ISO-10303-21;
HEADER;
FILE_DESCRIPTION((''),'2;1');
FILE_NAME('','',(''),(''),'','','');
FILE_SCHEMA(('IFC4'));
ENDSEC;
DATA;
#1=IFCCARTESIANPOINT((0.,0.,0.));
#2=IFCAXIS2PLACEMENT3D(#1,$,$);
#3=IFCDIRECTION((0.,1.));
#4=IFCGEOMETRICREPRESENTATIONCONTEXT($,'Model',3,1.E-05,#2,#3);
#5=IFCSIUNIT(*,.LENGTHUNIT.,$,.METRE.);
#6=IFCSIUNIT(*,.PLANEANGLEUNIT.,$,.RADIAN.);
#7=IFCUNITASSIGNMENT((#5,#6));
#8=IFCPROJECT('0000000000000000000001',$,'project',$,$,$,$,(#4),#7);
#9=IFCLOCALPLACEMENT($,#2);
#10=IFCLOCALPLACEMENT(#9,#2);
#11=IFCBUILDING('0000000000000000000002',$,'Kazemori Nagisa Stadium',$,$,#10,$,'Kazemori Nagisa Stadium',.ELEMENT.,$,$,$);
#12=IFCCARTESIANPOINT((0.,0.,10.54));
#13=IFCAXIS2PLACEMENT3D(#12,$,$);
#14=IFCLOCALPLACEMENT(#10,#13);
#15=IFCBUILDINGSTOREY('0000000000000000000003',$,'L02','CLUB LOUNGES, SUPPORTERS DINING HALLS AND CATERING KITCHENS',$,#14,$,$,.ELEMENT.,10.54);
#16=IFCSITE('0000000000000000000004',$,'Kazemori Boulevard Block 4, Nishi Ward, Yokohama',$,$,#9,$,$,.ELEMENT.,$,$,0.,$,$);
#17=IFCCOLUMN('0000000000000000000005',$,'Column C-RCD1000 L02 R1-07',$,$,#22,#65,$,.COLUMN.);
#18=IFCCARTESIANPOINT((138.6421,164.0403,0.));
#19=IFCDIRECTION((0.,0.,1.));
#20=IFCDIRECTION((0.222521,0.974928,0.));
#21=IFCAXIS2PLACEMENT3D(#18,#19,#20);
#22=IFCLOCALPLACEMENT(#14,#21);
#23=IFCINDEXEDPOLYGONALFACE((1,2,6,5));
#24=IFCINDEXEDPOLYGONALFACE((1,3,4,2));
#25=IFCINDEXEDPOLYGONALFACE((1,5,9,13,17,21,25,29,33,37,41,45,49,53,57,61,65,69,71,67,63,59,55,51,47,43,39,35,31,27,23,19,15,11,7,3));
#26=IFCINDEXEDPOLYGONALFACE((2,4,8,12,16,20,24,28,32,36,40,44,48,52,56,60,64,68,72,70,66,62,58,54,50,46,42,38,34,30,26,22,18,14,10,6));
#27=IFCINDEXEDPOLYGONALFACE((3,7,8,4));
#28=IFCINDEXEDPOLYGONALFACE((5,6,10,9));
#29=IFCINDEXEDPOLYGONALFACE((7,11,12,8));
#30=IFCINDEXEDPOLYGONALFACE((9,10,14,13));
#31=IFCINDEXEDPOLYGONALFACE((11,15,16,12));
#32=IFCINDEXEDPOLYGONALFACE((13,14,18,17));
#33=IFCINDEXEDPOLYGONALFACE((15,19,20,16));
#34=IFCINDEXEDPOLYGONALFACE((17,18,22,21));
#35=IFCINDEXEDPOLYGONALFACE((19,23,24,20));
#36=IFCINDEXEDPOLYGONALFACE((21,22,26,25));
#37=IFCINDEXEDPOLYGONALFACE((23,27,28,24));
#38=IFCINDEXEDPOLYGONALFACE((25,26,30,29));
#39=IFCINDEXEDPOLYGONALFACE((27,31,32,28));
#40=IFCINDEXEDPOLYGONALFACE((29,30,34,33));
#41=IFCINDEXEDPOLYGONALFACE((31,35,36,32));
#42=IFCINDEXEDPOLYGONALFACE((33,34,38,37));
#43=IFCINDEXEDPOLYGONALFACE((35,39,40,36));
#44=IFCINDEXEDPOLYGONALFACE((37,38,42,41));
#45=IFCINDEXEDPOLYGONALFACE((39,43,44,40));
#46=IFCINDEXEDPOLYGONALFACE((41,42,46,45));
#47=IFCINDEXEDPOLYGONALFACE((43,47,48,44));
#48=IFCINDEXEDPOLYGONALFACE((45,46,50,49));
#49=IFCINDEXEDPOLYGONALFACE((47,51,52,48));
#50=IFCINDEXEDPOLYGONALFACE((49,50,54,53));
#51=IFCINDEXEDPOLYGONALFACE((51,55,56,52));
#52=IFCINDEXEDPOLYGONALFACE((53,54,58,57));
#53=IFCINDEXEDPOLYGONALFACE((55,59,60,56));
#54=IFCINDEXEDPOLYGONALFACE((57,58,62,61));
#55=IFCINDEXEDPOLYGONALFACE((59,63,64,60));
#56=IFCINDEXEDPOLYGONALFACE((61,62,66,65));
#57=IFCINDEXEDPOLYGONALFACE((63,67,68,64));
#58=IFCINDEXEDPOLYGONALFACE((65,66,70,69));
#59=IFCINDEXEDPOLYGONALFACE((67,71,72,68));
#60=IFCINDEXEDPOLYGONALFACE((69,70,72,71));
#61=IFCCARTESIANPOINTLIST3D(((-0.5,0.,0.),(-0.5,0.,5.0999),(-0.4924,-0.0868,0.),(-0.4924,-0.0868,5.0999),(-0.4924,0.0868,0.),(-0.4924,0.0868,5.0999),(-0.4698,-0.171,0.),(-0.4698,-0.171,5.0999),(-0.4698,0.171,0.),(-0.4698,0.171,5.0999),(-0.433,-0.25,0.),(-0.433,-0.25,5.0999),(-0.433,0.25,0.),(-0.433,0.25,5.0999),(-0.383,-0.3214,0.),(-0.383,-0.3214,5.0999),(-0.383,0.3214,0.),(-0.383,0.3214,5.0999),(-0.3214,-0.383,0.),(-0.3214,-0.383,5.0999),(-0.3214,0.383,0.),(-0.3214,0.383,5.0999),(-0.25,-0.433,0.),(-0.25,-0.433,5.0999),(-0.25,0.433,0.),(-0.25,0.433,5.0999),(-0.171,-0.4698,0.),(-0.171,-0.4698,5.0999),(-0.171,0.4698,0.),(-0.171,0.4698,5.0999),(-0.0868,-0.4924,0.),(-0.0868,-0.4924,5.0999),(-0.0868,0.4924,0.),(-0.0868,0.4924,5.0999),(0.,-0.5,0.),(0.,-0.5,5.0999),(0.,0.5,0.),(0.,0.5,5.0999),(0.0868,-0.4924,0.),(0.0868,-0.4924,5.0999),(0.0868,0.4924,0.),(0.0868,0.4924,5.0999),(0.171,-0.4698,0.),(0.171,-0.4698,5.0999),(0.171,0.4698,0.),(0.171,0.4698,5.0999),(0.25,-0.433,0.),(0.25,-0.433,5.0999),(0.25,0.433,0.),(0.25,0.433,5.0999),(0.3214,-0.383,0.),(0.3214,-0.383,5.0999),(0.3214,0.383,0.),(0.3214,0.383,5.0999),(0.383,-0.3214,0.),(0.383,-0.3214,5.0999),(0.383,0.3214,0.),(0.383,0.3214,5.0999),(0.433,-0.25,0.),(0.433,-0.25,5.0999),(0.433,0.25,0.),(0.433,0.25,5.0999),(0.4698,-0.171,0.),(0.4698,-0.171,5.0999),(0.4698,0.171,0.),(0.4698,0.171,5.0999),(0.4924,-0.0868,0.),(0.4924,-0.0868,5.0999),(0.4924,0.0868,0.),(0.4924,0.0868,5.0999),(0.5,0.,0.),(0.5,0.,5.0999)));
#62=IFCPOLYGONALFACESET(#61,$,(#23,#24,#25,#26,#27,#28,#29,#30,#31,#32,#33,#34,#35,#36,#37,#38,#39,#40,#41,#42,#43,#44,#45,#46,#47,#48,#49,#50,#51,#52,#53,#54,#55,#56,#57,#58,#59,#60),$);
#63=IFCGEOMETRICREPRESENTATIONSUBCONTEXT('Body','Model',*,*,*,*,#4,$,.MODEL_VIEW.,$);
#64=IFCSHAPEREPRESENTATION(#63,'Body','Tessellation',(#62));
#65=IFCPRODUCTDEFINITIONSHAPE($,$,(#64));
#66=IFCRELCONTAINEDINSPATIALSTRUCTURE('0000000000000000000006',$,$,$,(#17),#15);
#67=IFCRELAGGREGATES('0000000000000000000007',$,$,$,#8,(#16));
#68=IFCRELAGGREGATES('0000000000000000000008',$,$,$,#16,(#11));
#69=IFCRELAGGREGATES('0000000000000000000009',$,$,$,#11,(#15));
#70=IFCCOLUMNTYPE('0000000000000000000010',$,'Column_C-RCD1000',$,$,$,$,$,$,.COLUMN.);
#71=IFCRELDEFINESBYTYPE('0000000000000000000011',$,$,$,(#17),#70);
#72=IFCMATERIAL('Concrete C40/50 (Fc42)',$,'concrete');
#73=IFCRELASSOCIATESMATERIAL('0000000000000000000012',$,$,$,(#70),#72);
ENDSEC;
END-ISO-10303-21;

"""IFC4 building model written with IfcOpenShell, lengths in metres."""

from ifc_helpers import new_model, si_unit, direction, frame, origin, origin_2d, place, context, subcontext, project, spatial, circle, extrude, material, material_profile, profile_set, type_object, element, save


model = new_model("IFC4")

# Units and contexts
model_context = context("Model", 3, precision=1e-05, world=origin(), true_north=direction((0.0, 1.0)))
body_context = subcontext(model_context, "Body", "Model", "MODEL_VIEW")
ifc_project = project(units=[si_unit("LENGTHUNIT", "METRE"), si_unit("PLANEANGLEUNIT", "RADIAN")], contexts=[model_context])

# Site, building, storey
site_placement = place(None, origin())
site = spatial("IfcSite", under=ifc_project, at=site_placement, Name="Kazemori Boulevard Block 4, Nishi Ward, Yokohama", CompositionType="ELEMENT", RefElevation=0.0)
building_placement = place(site_placement, origin())
building = spatial("IfcBuilding", under=site, at=building_placement, Name="Kazemori Nagisa Stadium", LongName="Kazemori Nagisa Stadium", CompositionType="ELEMENT")
storey_placement = place(building_placement, frame((0.0, 0.0, 10.54)))
storey = spatial("IfcBuildingStorey", under=building, at=storey_placement, Name="L02", Description="CLUB LOUNGES, SUPPORTERS DINING HALLS AND CATERING KITCHENS", CompositionType="ELEMENT", Elevation=10.54)

# Column
ifc_material_1 = material(Name="Concrete C40/50 (Fc42)", Category="concrete")
ifc_material_profile_1 = material_profile(ifc_material_1, circle(Radius=0.5, at=origin_2d()), Name="RC-COL-D1000")
ifc_profile_set_1 = profile_set([ifc_material_profile_1], Name="Concrete C40/50 (Fc42)")
column_type = type_object("IfcColumnType", Name="Column_C-RCD1000", PredefinedType="COLUMN", material=ifc_profile_set_1)
column_placement = place(storey_placement, frame((138.6421, 164.0403, 0.0), z_axis=(0.0, 0.0, 1.0), x_axis=(0.222521, 0.974928, 0.0)))
element("IfcColumn", 1, at=column_placement, inside=storey, type_object=column_type, Name="Column C-RCD1000 L02 R1-07", PredefinedType="COLUMN", context=body_context, shape_type="SweptSolid", body=[
    extrude(circle(Radius=0.5, at=origin_2d()), origin(), (0.0, 0.0, 1.0), 5.0999),
])

save(model, "model.ifc")
